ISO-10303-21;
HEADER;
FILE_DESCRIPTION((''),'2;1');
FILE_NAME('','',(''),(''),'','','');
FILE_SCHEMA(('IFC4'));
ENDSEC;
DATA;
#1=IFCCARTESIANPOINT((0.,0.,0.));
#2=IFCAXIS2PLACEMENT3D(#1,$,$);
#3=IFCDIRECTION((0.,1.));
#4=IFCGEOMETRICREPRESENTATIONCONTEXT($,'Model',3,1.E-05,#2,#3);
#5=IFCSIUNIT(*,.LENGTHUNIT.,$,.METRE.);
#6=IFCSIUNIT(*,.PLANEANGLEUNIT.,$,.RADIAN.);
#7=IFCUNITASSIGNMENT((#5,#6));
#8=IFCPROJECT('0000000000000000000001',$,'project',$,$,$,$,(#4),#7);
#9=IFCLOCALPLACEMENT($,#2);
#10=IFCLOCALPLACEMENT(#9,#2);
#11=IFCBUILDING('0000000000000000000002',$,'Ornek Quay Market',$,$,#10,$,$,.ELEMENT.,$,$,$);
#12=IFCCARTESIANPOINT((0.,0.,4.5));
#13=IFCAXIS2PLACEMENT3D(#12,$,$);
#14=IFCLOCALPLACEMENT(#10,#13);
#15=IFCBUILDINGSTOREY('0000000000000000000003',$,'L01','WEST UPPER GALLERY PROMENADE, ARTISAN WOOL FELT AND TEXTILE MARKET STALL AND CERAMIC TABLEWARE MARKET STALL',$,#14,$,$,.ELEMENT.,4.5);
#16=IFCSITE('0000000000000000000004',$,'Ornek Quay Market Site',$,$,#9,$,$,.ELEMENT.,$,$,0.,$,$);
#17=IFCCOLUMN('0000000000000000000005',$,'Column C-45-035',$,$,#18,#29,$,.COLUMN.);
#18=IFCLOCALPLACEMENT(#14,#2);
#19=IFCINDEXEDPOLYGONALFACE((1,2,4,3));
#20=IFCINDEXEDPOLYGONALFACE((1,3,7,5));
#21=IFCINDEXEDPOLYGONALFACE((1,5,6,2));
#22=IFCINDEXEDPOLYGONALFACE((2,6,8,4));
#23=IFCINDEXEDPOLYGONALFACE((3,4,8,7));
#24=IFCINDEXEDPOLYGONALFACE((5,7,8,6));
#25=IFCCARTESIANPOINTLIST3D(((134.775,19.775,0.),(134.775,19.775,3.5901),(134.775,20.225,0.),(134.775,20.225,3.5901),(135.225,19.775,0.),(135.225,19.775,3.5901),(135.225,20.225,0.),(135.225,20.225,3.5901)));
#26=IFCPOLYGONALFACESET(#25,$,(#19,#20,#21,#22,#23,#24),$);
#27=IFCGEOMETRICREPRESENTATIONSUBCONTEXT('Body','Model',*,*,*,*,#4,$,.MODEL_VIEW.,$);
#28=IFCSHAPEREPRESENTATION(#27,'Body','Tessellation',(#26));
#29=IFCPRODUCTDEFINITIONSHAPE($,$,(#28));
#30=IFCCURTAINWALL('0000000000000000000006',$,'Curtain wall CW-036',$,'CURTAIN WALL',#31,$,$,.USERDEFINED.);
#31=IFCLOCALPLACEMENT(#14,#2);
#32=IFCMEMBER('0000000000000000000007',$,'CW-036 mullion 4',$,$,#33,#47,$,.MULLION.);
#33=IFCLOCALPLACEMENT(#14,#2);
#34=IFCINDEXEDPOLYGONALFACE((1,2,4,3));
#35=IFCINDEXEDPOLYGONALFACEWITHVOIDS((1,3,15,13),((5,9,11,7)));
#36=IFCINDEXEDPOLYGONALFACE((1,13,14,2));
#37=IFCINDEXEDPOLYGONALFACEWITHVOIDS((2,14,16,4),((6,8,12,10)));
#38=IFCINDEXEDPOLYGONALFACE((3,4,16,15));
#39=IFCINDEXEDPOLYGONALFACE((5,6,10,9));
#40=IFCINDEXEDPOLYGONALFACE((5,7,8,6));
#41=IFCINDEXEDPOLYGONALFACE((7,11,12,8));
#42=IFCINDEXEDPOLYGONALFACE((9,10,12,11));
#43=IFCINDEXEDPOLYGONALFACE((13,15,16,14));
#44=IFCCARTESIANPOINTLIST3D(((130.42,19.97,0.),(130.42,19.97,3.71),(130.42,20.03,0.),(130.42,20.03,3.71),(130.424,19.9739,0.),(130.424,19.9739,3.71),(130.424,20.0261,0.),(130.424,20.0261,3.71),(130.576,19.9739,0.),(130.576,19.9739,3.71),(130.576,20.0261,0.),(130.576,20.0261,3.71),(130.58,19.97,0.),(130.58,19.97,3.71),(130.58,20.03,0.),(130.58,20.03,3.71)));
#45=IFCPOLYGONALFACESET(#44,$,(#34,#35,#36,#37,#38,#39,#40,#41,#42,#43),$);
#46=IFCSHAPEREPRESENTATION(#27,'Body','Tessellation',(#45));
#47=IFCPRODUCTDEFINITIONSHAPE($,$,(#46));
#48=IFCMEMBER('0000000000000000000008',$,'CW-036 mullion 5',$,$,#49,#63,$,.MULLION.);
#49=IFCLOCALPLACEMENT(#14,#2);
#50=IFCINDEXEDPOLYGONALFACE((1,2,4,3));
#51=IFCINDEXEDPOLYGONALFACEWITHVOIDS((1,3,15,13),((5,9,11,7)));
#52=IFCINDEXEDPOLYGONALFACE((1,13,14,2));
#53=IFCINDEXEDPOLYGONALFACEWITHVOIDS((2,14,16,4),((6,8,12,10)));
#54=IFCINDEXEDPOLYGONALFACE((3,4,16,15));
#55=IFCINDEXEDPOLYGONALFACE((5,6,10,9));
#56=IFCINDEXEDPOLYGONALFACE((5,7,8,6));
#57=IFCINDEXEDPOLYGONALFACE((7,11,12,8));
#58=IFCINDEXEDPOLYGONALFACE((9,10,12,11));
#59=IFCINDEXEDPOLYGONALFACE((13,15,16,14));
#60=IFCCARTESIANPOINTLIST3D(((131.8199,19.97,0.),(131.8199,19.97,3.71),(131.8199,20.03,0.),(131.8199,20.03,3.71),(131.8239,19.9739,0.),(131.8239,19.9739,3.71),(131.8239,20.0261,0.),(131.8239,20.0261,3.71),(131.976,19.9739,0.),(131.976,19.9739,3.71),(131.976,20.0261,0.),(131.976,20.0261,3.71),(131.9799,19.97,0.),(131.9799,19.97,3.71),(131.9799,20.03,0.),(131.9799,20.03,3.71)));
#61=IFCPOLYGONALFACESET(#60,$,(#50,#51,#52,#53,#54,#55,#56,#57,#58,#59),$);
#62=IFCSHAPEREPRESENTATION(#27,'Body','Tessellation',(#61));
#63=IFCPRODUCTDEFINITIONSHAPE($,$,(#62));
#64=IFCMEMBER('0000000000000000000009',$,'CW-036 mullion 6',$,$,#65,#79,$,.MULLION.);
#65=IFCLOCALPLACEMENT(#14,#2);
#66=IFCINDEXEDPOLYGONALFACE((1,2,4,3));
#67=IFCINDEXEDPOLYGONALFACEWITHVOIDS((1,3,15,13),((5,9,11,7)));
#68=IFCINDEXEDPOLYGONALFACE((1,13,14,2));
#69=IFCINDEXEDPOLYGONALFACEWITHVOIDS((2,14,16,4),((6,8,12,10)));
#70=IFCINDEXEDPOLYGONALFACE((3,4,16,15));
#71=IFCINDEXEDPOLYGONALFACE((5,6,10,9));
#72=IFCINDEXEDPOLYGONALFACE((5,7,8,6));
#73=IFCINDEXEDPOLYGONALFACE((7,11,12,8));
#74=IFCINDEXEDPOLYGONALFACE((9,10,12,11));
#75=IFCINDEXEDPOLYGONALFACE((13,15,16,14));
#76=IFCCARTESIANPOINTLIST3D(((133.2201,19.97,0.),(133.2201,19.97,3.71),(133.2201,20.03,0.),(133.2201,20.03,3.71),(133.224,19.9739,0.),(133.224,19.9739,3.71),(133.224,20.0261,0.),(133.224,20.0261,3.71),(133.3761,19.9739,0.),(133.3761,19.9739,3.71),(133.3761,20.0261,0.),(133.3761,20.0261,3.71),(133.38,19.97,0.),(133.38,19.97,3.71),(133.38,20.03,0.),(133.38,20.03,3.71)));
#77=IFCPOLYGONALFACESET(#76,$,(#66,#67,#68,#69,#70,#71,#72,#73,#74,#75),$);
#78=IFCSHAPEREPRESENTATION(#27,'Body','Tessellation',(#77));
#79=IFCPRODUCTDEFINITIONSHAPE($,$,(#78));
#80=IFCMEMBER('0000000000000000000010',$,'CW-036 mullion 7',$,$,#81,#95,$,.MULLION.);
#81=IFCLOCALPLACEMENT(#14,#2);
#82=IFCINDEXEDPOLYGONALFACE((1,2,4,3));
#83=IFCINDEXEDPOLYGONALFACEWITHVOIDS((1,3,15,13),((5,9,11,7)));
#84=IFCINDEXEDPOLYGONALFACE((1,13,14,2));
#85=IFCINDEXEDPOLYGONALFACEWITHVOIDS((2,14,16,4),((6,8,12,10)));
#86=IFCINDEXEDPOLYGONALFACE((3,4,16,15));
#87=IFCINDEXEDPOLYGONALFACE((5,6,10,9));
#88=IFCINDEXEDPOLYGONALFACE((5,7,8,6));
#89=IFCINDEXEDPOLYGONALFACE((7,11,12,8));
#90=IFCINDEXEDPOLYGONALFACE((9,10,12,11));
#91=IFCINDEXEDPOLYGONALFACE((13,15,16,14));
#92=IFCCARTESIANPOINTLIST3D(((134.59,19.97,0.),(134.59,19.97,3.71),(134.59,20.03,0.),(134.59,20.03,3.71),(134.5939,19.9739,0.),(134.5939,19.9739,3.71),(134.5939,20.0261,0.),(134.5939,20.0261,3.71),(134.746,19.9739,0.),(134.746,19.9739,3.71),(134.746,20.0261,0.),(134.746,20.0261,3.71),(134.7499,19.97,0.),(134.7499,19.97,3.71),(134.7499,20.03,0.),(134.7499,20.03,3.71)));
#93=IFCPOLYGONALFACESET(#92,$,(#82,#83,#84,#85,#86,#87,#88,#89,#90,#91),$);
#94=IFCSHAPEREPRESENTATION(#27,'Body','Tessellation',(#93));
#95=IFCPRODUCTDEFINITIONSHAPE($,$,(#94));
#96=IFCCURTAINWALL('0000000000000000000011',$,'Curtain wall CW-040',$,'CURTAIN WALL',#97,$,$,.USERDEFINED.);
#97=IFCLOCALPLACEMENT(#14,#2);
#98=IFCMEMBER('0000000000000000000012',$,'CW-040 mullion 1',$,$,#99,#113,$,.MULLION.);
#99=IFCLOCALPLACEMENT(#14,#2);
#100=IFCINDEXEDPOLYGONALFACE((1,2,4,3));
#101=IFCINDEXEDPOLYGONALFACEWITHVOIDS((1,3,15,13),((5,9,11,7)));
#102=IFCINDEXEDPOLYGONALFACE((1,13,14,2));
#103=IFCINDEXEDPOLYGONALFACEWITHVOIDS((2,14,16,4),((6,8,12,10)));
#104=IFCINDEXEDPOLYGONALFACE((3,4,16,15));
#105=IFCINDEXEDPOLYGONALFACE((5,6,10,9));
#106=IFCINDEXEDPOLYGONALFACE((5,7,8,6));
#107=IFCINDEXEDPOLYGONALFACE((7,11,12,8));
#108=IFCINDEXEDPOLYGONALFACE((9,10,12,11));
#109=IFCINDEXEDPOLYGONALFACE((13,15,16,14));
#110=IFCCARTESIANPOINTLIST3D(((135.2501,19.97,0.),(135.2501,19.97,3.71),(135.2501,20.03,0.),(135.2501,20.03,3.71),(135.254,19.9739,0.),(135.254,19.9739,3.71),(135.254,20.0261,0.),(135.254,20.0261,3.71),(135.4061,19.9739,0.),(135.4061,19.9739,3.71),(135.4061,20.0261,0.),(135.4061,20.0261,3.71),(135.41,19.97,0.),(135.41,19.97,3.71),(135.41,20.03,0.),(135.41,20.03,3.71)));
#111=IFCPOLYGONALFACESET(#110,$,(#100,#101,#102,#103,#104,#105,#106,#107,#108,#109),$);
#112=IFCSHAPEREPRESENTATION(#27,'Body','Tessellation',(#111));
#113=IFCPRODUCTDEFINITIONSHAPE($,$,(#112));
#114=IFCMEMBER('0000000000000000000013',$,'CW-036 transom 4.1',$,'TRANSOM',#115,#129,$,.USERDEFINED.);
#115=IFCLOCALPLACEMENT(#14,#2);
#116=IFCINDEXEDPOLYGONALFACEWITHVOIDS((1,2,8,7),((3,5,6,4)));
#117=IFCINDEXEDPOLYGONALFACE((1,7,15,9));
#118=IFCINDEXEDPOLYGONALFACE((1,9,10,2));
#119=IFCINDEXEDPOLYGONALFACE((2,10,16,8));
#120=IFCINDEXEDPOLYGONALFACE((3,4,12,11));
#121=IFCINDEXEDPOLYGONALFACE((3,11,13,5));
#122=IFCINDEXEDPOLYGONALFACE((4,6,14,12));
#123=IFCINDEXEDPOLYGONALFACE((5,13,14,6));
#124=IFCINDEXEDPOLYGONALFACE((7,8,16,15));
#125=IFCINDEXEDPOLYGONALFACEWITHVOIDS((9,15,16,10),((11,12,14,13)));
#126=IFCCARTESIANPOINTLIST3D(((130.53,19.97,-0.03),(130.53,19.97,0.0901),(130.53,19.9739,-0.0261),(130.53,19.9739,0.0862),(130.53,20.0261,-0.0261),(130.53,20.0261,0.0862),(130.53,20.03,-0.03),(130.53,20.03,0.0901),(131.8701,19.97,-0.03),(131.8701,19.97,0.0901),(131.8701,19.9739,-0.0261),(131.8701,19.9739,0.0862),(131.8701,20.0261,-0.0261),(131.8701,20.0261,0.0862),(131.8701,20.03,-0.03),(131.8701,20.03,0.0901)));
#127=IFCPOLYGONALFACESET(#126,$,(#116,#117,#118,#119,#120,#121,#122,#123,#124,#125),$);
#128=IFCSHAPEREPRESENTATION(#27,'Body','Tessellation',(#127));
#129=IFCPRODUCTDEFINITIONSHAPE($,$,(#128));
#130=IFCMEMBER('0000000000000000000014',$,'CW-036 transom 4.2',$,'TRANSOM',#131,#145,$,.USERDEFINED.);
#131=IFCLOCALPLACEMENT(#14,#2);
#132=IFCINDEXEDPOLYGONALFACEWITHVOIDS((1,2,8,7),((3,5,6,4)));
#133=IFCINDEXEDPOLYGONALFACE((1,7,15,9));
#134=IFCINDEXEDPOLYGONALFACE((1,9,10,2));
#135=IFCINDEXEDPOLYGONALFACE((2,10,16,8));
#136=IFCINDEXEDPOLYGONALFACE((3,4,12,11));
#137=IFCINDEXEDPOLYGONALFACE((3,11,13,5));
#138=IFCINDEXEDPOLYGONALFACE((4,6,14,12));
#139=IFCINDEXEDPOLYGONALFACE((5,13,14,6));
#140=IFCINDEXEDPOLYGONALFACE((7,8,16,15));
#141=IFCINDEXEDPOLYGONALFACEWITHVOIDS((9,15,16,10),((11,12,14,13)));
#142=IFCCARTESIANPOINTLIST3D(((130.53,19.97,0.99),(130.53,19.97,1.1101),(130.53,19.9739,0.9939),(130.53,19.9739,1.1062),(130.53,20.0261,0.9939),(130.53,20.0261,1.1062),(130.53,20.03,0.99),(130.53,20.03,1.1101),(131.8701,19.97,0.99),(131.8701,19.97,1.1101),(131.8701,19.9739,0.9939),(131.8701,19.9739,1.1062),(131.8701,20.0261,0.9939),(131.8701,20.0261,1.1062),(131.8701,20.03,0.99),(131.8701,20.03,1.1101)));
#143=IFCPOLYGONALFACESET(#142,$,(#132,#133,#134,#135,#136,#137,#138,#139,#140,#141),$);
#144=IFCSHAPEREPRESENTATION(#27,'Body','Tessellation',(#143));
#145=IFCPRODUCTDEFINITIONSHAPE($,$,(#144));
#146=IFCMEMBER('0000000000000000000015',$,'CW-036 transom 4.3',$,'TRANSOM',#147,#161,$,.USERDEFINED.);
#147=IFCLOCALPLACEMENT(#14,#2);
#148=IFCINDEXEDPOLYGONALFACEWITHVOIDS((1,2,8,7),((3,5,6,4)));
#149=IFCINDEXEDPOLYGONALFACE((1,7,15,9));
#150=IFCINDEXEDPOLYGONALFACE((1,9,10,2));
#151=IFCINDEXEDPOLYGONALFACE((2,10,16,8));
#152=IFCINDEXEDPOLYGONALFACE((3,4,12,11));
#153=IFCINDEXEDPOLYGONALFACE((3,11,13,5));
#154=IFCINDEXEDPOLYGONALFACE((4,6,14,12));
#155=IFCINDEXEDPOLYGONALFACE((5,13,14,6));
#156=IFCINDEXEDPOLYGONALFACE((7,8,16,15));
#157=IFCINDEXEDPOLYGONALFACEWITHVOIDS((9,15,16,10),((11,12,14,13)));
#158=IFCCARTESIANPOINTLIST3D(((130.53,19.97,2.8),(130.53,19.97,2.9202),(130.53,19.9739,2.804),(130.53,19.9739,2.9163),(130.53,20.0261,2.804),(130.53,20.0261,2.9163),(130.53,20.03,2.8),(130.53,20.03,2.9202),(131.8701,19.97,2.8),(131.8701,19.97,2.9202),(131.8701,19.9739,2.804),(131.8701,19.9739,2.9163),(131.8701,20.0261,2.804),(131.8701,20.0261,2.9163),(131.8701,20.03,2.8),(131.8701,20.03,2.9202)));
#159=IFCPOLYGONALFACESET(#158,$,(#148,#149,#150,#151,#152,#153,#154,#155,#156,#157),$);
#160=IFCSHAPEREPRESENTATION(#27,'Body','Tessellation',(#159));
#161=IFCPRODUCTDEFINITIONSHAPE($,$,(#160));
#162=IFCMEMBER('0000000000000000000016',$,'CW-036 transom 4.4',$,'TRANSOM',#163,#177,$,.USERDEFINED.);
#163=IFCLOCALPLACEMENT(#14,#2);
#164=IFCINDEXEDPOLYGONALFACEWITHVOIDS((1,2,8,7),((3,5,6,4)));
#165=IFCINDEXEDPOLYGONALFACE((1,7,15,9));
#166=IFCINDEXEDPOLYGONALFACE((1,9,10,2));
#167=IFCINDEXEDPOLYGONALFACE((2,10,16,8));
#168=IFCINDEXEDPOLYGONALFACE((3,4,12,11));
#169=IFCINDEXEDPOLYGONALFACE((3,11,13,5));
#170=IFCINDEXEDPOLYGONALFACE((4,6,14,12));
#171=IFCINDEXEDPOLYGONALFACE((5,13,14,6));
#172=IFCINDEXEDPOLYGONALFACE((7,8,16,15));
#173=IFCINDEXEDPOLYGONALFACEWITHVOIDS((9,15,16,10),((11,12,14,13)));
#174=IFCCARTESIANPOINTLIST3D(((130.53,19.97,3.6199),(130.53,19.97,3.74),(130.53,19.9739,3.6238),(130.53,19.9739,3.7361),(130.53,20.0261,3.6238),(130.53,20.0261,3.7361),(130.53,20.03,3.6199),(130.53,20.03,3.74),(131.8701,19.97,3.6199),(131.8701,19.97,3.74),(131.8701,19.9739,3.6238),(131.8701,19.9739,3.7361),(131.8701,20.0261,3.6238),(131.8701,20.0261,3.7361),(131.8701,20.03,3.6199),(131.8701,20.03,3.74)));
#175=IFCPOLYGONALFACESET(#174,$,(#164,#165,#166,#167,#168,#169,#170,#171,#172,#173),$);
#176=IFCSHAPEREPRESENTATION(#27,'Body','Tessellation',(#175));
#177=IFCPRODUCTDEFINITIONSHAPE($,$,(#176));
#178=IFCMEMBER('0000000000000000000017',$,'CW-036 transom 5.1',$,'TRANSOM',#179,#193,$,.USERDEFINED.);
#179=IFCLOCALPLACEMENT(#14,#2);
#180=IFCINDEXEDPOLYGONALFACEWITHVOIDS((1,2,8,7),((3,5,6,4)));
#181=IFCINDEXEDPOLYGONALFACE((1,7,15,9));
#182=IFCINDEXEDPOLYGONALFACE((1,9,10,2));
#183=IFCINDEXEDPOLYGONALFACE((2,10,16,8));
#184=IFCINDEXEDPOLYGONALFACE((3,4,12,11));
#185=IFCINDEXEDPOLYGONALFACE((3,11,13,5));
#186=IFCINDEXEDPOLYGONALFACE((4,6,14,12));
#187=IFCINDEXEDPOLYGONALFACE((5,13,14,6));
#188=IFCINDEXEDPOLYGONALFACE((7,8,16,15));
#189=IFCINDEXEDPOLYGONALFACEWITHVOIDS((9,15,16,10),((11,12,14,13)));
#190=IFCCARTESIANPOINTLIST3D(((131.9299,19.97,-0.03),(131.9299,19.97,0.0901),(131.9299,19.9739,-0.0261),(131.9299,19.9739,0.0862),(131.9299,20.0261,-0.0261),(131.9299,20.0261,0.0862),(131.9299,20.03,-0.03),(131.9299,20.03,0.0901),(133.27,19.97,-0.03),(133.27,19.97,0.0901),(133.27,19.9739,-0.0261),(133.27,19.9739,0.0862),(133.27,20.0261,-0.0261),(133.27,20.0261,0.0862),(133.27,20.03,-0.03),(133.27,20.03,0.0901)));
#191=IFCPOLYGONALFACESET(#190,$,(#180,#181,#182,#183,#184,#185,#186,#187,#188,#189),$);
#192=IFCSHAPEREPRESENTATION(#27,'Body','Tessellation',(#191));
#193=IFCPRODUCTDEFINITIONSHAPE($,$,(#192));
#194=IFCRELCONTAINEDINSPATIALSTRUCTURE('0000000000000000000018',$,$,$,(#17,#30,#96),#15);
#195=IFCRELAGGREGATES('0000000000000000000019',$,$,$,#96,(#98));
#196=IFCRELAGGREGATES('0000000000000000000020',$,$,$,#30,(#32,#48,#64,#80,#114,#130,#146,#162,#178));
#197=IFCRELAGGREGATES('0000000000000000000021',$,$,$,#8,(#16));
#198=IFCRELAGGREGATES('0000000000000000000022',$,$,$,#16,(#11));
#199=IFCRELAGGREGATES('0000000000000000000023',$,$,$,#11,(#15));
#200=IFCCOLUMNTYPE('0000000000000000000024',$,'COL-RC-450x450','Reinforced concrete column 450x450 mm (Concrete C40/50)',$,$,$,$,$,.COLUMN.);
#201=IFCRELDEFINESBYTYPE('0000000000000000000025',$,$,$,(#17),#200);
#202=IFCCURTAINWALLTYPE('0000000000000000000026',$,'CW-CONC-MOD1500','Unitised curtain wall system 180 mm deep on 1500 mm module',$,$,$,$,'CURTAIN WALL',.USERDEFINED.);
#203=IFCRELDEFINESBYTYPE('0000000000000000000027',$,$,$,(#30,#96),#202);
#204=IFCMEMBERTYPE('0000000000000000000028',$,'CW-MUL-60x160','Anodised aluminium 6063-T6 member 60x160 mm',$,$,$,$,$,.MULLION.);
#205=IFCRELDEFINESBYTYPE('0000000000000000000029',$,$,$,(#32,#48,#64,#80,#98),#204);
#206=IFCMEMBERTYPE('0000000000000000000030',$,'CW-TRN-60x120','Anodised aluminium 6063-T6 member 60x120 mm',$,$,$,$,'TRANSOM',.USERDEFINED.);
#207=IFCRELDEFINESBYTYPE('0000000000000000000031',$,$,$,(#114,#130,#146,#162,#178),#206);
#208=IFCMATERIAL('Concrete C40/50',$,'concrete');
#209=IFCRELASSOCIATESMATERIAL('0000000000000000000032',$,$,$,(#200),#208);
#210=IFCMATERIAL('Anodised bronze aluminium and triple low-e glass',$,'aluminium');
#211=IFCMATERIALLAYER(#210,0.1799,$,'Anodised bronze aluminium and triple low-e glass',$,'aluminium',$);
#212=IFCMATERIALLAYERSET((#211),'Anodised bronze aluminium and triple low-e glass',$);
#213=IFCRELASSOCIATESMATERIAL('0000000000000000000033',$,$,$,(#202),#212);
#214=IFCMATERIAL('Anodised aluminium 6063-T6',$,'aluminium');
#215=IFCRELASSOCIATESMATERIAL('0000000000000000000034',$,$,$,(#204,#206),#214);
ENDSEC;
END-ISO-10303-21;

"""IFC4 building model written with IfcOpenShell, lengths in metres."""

from ifc_helpers import new_model, si_unit, direction, frame, origin, origin_2d, place, context, subcontext, project, spatial, rectangle, hollow_rectangle, extrude, material, layer, layer_set, material_profile, profile_set, type_object, element, aggregate, save


model = new_model("IFC4")

# Units and contexts
model_context = context("Model", 3, precision=1e-05, world=origin(), true_north=direction((0.0, 1.0)))
body_context = subcontext(model_context, "Body", "Model", "MODEL_VIEW")
ifc_project = project(units=[si_unit("LENGTHUNIT", "METRE"), si_unit("PLANEANGLEUNIT", "RADIAN")], contexts=[model_context])

# Site, building, storey
site_placement = place(None, origin())
site = spatial("IfcSite", under=ifc_project, at=site_placement, Name="Ornek Quay Market Site", CompositionType="ELEMENT", RefElevation=0.0)
building_placement = place(site_placement, origin())
building = spatial("IfcBuilding", under=site, at=building_placement, Name="Ornek Quay Market", CompositionType="ELEMENT")
storey_placement = place(building_placement, frame((0.0, 0.0, 4.5)))
storey = spatial("IfcBuildingStorey", under=building, at=storey_placement, Name="L01", Description="WEST UPPER GALLERY PROMENADE, ARTISAN WOOL FELT AND TEXTILE MARKET STALL AND CERAMIC TABLEWARE MARKET STALL", CompositionType="ELEMENT", Elevation=4.5)

# Column
ifc_material_1 = material(Name="Concrete C40/50", Category="concrete")
ifc_material_profile_1 = material_profile(ifc_material_1, rectangle(XDim=0.45, YDim=0.45, at=origin_2d()), Name="RC 450x450", Category="concrete")
ifc_profile_set_1 = profile_set([ifc_material_profile_1], Name="Concrete C40/50")
column_type = type_object("IfcColumnType", Name="COL-RC-450x450", Description="Reinforced concrete column 450x450 mm (Concrete C40/50)", PredefinedType="COLUMN", material=ifc_profile_set_1)
column_placement = place(storey_placement, frame((135.0, 20.0, 0.0), z_axis=(0.0, 0.0, 1.0), x_axis=(1.0, 0.0, 0.0)))
element("IfcColumn", 1, at=column_placement, inside=storey, type_object=column_type, Name="Column C-45-035", PredefinedType="COLUMN", context=body_context, shape_type="SweptSolid", body=[
    extrude(rectangle(XDim=0.45, YDim=0.45, at=origin_2d()), origin(), (0.0, 0.0, 1.0), 3.5901),
])

# Curtain wall, members
ifc_material_2 = material(Name="Anodised bronze aluminium and triple low-e glass", Category="aluminium")
ifc_layer_1 = layer(ifc_material_2, 0.1799, Name="Anodised bronze aluminium and triple low-e glass", Category="aluminium")
ifc_layer_set_1 = layer_set([ifc_layer_1], Name="Anodised bronze aluminium and triple low-e glass")
curtain_wall_type = type_object("IfcCurtainWallType", Name="CW-CONC-MOD1500", Description="Unitised curtain wall system 180 mm deep on 1500 mm module", ElementType="CURTAIN WALL", PredefinedType="USERDEFINED", material=ifc_layer_set_1)
curtain_wall_1_placement = place(storey_placement, origin())
curtain_wall_1 = element("IfcCurtainWall", 2, at=curtain_wall_1_placement, inside=storey, type_object=curtain_wall_type, Name="Curtain wall CW-036", ObjectType="CURTAIN WALL", PredefinedType="USERDEFINED")
ifc_material_3 = material(Name="Anodised aluminium 6063-T6", Category="aluminium")
ifc_material_profile_2 = material_profile(ifc_material_3, hollow_rectangle(XDim=0.0601, YDim=0.1599, WallThickness=0.0039, at=origin_2d()), Name="CW-MUL-60x160", Category="aluminium")
ifc_profile_set_2 = profile_set([ifc_material_profile_2], Name="Anodised aluminium 6063-T6")
member_type_1 = type_object("IfcMemberType", Name="CW-MUL-60x160", Description="Anodised aluminium 6063-T6 member 60x160 mm", PredefinedType="MULLION", material=ifc_profile_set_2)
member_1_placement = place(storey_placement, frame((130.5, 20.0, 0.0), z_axis=(0.0, 0.0, 1.0), x_axis=(0.0, 1.0, 0.0)))
member_1 = element("IfcMember", 3, at=member_1_placement, type_object=member_type_1, Name="CW-036 mullion 4", PredefinedType="MULLION", context=body_context, shape_type="SweptSolid", body=[
    extrude(hollow_rectangle(XDim=0.0601, YDim=0.1599, WallThickness=0.0039, at=origin_2d()), origin(), (0.0, 0.0, 1.0), 3.71),
])
member_2_placement = place(storey_placement, frame((131.8999, 20.0, 0.0), z_axis=(0.0, 0.0, 1.0), x_axis=(0.0, 1.0, 0.0)))
member_2 = element("IfcMember", 4, at=member_2_placement, type_object=member_type_1, Name="CW-036 mullion 5", PredefinedType="MULLION", context=body_context, shape_type="SweptSolid", body=[
    extrude(hollow_rectangle(XDim=0.0601, YDim=0.1599, WallThickness=0.0039, at=origin_2d()), origin(), (0.0, 0.0, 1.0), 3.71),
])
member_3_placement = place(storey_placement, frame((133.3, 20.0, 0.0), z_axis=(0.0, 0.0, 1.0), x_axis=(0.0, 1.0, 0.0)))
member_3 = element("IfcMember", 5, at=member_3_placement, type_object=member_type_1, Name="CW-036 mullion 6", PredefinedType="MULLION", context=body_context, shape_type="SweptSolid", body=[
    extrude(hollow_rectangle(XDim=0.0601, YDim=0.1599, WallThickness=0.0039, at=origin_2d()), origin(), (0.0, 0.0, 1.0), 3.71),
])
member_4_placement = place(storey_placement, frame((134.6699, 20.0, 0.0), z_axis=(0.0, 0.0, 1.0), x_axis=(0.0, 1.0, 0.0)))
member_4 = element("IfcMember", 6, at=member_4_placement, type_object=member_type_1, Name="CW-036 mullion 7", PredefinedType="MULLION", context=body_context, shape_type="SweptSolid", body=[
    extrude(hollow_rectangle(XDim=0.0601, YDim=0.1599, WallThickness=0.0039, at=origin_2d()), origin(), (0.0, 0.0, 1.0), 3.71),
])

# Curtain wall, member
curtain_wall_2_placement = place(storey_placement, origin())
curtain_wall_2 = element("IfcCurtainWall", 7, at=curtain_wall_2_placement, inside=storey, type_object=curtain_wall_type, Name="Curtain wall CW-040", ObjectType="CURTAIN WALL", PredefinedType="USERDEFINED")
member_5_placement = place(storey_placement, frame((135.3301, 20.0, 0.0), z_axis=(0.0, 0.0, 1.0), x_axis=(0.0, 1.0, 0.0)))
member_5 = element("IfcMember", 8, at=member_5_placement, type_object=member_type_1, Name="CW-040 mullion 1", PredefinedType="MULLION", context=body_context, shape_type="SweptSolid", body=[
    extrude(hollow_rectangle(XDim=0.0601, YDim=0.1599, WallThickness=0.0039, at=origin_2d()), origin(), (0.0, 0.0, 1.0), 3.71),
])

# Members
ifc_material_profile_3 = material_profile(ifc_material_3, hollow_rectangle(XDim=0.0601, YDim=0.1201, WallThickness=0.0039, at=origin_2d()), Name="CW-TRN-60x120", Category="aluminium")
ifc_profile_set_3 = profile_set([ifc_material_profile_3], Name="Anodised aluminium 6063-T6")
member_type_2 = type_object("IfcMemberType", Name="CW-TRN-60x120", Description="Anodised aluminium 6063-T6 member 60x120 mm", ElementType="TRANSOM", PredefinedType="USERDEFINED", material=ifc_profile_set_3)
member_6_placement = place(storey_placement, frame((130.53, 20.0, 0.03), z_axis=(1.0, 0.0, 0.0), x_axis=(0.0, 1.0, 0.0)))
member_6 = element("IfcMember", 9, at=member_6_placement, type_object=member_type_2, Name="CW-036 transom 4.1", ObjectType="TRANSOM", PredefinedType="USERDEFINED", context=body_context, shape_type="SweptSolid", body=[
    extrude(hollow_rectangle(XDim=0.0601, YDim=0.1201, WallThickness=0.0039, at=origin_2d()), origin(), (0.0, 0.0, 1.0), 1.3401),
])
member_7_placement = place(storey_placement, frame((130.53, 20.0, 1.05), z_axis=(1.0, 0.0, 0.0), x_axis=(0.0, 1.0, 0.0)))
member_7 = element("IfcMember", 10, at=member_7_placement, type_object=member_type_2, Name="CW-036 transom 4.2", ObjectType="TRANSOM", PredefinedType="USERDEFINED", context=body_context, shape_type="SweptSolid", body=[
    extrude(hollow_rectangle(XDim=0.0601, YDim=0.1201, WallThickness=0.0039, at=origin_2d()), origin(), (0.0, 0.0, 1.0), 1.3401),
])
member_8_placement = place(storey_placement, frame((130.53, 20.0, 2.8601), z_axis=(1.0, 0.0, 0.0), x_axis=(0.0, 1.0, 0.0)))
member_8 = element("IfcMember", 11, at=member_8_placement, type_object=member_type_2, Name="CW-036 transom 4.3", ObjectType="TRANSOM", PredefinedType="USERDEFINED", context=body_context, shape_type="SweptSolid", body=[
    extrude(hollow_rectangle(XDim=0.0601, YDim=0.1201, WallThickness=0.0039, at=origin_2d()), origin(), (0.0, 0.0, 1.0), 1.3401),
])
member_9_placement = place(storey_placement, frame((130.53, 20.0, 3.6799), z_axis=(1.0, 0.0, 0.0), x_axis=(0.0, 1.0, 0.0)))
member_9 = element("IfcMember", 12, at=member_9_placement, type_object=member_type_2, Name="CW-036 transom 4.4", ObjectType="TRANSOM", PredefinedType="USERDEFINED", context=body_context, shape_type="SweptSolid", body=[
    extrude(hollow_rectangle(XDim=0.0601, YDim=0.1201, WallThickness=0.0039, at=origin_2d()), origin(), (0.0, 0.0, 1.0), 1.3401),
])
member_10_placement = place(storey_placement, frame((131.9299, 20.0, 0.03), z_axis=(1.0, 0.0, 0.0), x_axis=(0.0, 1.0, 0.0)))
member_10 = element("IfcMember", 13, at=member_10_placement, type_object=member_type_2, Name="CW-036 transom 5.1", ObjectType="TRANSOM", PredefinedType="USERDEFINED", context=body_context, shape_type="SweptSolid", body=[
    extrude(hollow_rectangle(XDim=0.0601, YDim=0.1201, WallThickness=0.0039, at=origin_2d()), origin(), (0.0, 0.0, 1.0), 1.3401),
])
aggregate(curtain_wall_2, [member_5])

aggregate(curtain_wall_1, [member_1, member_2, member_3, member_4, member_6, member_7, member_8, member_9, member_10])

save(model, "model.ifc")
